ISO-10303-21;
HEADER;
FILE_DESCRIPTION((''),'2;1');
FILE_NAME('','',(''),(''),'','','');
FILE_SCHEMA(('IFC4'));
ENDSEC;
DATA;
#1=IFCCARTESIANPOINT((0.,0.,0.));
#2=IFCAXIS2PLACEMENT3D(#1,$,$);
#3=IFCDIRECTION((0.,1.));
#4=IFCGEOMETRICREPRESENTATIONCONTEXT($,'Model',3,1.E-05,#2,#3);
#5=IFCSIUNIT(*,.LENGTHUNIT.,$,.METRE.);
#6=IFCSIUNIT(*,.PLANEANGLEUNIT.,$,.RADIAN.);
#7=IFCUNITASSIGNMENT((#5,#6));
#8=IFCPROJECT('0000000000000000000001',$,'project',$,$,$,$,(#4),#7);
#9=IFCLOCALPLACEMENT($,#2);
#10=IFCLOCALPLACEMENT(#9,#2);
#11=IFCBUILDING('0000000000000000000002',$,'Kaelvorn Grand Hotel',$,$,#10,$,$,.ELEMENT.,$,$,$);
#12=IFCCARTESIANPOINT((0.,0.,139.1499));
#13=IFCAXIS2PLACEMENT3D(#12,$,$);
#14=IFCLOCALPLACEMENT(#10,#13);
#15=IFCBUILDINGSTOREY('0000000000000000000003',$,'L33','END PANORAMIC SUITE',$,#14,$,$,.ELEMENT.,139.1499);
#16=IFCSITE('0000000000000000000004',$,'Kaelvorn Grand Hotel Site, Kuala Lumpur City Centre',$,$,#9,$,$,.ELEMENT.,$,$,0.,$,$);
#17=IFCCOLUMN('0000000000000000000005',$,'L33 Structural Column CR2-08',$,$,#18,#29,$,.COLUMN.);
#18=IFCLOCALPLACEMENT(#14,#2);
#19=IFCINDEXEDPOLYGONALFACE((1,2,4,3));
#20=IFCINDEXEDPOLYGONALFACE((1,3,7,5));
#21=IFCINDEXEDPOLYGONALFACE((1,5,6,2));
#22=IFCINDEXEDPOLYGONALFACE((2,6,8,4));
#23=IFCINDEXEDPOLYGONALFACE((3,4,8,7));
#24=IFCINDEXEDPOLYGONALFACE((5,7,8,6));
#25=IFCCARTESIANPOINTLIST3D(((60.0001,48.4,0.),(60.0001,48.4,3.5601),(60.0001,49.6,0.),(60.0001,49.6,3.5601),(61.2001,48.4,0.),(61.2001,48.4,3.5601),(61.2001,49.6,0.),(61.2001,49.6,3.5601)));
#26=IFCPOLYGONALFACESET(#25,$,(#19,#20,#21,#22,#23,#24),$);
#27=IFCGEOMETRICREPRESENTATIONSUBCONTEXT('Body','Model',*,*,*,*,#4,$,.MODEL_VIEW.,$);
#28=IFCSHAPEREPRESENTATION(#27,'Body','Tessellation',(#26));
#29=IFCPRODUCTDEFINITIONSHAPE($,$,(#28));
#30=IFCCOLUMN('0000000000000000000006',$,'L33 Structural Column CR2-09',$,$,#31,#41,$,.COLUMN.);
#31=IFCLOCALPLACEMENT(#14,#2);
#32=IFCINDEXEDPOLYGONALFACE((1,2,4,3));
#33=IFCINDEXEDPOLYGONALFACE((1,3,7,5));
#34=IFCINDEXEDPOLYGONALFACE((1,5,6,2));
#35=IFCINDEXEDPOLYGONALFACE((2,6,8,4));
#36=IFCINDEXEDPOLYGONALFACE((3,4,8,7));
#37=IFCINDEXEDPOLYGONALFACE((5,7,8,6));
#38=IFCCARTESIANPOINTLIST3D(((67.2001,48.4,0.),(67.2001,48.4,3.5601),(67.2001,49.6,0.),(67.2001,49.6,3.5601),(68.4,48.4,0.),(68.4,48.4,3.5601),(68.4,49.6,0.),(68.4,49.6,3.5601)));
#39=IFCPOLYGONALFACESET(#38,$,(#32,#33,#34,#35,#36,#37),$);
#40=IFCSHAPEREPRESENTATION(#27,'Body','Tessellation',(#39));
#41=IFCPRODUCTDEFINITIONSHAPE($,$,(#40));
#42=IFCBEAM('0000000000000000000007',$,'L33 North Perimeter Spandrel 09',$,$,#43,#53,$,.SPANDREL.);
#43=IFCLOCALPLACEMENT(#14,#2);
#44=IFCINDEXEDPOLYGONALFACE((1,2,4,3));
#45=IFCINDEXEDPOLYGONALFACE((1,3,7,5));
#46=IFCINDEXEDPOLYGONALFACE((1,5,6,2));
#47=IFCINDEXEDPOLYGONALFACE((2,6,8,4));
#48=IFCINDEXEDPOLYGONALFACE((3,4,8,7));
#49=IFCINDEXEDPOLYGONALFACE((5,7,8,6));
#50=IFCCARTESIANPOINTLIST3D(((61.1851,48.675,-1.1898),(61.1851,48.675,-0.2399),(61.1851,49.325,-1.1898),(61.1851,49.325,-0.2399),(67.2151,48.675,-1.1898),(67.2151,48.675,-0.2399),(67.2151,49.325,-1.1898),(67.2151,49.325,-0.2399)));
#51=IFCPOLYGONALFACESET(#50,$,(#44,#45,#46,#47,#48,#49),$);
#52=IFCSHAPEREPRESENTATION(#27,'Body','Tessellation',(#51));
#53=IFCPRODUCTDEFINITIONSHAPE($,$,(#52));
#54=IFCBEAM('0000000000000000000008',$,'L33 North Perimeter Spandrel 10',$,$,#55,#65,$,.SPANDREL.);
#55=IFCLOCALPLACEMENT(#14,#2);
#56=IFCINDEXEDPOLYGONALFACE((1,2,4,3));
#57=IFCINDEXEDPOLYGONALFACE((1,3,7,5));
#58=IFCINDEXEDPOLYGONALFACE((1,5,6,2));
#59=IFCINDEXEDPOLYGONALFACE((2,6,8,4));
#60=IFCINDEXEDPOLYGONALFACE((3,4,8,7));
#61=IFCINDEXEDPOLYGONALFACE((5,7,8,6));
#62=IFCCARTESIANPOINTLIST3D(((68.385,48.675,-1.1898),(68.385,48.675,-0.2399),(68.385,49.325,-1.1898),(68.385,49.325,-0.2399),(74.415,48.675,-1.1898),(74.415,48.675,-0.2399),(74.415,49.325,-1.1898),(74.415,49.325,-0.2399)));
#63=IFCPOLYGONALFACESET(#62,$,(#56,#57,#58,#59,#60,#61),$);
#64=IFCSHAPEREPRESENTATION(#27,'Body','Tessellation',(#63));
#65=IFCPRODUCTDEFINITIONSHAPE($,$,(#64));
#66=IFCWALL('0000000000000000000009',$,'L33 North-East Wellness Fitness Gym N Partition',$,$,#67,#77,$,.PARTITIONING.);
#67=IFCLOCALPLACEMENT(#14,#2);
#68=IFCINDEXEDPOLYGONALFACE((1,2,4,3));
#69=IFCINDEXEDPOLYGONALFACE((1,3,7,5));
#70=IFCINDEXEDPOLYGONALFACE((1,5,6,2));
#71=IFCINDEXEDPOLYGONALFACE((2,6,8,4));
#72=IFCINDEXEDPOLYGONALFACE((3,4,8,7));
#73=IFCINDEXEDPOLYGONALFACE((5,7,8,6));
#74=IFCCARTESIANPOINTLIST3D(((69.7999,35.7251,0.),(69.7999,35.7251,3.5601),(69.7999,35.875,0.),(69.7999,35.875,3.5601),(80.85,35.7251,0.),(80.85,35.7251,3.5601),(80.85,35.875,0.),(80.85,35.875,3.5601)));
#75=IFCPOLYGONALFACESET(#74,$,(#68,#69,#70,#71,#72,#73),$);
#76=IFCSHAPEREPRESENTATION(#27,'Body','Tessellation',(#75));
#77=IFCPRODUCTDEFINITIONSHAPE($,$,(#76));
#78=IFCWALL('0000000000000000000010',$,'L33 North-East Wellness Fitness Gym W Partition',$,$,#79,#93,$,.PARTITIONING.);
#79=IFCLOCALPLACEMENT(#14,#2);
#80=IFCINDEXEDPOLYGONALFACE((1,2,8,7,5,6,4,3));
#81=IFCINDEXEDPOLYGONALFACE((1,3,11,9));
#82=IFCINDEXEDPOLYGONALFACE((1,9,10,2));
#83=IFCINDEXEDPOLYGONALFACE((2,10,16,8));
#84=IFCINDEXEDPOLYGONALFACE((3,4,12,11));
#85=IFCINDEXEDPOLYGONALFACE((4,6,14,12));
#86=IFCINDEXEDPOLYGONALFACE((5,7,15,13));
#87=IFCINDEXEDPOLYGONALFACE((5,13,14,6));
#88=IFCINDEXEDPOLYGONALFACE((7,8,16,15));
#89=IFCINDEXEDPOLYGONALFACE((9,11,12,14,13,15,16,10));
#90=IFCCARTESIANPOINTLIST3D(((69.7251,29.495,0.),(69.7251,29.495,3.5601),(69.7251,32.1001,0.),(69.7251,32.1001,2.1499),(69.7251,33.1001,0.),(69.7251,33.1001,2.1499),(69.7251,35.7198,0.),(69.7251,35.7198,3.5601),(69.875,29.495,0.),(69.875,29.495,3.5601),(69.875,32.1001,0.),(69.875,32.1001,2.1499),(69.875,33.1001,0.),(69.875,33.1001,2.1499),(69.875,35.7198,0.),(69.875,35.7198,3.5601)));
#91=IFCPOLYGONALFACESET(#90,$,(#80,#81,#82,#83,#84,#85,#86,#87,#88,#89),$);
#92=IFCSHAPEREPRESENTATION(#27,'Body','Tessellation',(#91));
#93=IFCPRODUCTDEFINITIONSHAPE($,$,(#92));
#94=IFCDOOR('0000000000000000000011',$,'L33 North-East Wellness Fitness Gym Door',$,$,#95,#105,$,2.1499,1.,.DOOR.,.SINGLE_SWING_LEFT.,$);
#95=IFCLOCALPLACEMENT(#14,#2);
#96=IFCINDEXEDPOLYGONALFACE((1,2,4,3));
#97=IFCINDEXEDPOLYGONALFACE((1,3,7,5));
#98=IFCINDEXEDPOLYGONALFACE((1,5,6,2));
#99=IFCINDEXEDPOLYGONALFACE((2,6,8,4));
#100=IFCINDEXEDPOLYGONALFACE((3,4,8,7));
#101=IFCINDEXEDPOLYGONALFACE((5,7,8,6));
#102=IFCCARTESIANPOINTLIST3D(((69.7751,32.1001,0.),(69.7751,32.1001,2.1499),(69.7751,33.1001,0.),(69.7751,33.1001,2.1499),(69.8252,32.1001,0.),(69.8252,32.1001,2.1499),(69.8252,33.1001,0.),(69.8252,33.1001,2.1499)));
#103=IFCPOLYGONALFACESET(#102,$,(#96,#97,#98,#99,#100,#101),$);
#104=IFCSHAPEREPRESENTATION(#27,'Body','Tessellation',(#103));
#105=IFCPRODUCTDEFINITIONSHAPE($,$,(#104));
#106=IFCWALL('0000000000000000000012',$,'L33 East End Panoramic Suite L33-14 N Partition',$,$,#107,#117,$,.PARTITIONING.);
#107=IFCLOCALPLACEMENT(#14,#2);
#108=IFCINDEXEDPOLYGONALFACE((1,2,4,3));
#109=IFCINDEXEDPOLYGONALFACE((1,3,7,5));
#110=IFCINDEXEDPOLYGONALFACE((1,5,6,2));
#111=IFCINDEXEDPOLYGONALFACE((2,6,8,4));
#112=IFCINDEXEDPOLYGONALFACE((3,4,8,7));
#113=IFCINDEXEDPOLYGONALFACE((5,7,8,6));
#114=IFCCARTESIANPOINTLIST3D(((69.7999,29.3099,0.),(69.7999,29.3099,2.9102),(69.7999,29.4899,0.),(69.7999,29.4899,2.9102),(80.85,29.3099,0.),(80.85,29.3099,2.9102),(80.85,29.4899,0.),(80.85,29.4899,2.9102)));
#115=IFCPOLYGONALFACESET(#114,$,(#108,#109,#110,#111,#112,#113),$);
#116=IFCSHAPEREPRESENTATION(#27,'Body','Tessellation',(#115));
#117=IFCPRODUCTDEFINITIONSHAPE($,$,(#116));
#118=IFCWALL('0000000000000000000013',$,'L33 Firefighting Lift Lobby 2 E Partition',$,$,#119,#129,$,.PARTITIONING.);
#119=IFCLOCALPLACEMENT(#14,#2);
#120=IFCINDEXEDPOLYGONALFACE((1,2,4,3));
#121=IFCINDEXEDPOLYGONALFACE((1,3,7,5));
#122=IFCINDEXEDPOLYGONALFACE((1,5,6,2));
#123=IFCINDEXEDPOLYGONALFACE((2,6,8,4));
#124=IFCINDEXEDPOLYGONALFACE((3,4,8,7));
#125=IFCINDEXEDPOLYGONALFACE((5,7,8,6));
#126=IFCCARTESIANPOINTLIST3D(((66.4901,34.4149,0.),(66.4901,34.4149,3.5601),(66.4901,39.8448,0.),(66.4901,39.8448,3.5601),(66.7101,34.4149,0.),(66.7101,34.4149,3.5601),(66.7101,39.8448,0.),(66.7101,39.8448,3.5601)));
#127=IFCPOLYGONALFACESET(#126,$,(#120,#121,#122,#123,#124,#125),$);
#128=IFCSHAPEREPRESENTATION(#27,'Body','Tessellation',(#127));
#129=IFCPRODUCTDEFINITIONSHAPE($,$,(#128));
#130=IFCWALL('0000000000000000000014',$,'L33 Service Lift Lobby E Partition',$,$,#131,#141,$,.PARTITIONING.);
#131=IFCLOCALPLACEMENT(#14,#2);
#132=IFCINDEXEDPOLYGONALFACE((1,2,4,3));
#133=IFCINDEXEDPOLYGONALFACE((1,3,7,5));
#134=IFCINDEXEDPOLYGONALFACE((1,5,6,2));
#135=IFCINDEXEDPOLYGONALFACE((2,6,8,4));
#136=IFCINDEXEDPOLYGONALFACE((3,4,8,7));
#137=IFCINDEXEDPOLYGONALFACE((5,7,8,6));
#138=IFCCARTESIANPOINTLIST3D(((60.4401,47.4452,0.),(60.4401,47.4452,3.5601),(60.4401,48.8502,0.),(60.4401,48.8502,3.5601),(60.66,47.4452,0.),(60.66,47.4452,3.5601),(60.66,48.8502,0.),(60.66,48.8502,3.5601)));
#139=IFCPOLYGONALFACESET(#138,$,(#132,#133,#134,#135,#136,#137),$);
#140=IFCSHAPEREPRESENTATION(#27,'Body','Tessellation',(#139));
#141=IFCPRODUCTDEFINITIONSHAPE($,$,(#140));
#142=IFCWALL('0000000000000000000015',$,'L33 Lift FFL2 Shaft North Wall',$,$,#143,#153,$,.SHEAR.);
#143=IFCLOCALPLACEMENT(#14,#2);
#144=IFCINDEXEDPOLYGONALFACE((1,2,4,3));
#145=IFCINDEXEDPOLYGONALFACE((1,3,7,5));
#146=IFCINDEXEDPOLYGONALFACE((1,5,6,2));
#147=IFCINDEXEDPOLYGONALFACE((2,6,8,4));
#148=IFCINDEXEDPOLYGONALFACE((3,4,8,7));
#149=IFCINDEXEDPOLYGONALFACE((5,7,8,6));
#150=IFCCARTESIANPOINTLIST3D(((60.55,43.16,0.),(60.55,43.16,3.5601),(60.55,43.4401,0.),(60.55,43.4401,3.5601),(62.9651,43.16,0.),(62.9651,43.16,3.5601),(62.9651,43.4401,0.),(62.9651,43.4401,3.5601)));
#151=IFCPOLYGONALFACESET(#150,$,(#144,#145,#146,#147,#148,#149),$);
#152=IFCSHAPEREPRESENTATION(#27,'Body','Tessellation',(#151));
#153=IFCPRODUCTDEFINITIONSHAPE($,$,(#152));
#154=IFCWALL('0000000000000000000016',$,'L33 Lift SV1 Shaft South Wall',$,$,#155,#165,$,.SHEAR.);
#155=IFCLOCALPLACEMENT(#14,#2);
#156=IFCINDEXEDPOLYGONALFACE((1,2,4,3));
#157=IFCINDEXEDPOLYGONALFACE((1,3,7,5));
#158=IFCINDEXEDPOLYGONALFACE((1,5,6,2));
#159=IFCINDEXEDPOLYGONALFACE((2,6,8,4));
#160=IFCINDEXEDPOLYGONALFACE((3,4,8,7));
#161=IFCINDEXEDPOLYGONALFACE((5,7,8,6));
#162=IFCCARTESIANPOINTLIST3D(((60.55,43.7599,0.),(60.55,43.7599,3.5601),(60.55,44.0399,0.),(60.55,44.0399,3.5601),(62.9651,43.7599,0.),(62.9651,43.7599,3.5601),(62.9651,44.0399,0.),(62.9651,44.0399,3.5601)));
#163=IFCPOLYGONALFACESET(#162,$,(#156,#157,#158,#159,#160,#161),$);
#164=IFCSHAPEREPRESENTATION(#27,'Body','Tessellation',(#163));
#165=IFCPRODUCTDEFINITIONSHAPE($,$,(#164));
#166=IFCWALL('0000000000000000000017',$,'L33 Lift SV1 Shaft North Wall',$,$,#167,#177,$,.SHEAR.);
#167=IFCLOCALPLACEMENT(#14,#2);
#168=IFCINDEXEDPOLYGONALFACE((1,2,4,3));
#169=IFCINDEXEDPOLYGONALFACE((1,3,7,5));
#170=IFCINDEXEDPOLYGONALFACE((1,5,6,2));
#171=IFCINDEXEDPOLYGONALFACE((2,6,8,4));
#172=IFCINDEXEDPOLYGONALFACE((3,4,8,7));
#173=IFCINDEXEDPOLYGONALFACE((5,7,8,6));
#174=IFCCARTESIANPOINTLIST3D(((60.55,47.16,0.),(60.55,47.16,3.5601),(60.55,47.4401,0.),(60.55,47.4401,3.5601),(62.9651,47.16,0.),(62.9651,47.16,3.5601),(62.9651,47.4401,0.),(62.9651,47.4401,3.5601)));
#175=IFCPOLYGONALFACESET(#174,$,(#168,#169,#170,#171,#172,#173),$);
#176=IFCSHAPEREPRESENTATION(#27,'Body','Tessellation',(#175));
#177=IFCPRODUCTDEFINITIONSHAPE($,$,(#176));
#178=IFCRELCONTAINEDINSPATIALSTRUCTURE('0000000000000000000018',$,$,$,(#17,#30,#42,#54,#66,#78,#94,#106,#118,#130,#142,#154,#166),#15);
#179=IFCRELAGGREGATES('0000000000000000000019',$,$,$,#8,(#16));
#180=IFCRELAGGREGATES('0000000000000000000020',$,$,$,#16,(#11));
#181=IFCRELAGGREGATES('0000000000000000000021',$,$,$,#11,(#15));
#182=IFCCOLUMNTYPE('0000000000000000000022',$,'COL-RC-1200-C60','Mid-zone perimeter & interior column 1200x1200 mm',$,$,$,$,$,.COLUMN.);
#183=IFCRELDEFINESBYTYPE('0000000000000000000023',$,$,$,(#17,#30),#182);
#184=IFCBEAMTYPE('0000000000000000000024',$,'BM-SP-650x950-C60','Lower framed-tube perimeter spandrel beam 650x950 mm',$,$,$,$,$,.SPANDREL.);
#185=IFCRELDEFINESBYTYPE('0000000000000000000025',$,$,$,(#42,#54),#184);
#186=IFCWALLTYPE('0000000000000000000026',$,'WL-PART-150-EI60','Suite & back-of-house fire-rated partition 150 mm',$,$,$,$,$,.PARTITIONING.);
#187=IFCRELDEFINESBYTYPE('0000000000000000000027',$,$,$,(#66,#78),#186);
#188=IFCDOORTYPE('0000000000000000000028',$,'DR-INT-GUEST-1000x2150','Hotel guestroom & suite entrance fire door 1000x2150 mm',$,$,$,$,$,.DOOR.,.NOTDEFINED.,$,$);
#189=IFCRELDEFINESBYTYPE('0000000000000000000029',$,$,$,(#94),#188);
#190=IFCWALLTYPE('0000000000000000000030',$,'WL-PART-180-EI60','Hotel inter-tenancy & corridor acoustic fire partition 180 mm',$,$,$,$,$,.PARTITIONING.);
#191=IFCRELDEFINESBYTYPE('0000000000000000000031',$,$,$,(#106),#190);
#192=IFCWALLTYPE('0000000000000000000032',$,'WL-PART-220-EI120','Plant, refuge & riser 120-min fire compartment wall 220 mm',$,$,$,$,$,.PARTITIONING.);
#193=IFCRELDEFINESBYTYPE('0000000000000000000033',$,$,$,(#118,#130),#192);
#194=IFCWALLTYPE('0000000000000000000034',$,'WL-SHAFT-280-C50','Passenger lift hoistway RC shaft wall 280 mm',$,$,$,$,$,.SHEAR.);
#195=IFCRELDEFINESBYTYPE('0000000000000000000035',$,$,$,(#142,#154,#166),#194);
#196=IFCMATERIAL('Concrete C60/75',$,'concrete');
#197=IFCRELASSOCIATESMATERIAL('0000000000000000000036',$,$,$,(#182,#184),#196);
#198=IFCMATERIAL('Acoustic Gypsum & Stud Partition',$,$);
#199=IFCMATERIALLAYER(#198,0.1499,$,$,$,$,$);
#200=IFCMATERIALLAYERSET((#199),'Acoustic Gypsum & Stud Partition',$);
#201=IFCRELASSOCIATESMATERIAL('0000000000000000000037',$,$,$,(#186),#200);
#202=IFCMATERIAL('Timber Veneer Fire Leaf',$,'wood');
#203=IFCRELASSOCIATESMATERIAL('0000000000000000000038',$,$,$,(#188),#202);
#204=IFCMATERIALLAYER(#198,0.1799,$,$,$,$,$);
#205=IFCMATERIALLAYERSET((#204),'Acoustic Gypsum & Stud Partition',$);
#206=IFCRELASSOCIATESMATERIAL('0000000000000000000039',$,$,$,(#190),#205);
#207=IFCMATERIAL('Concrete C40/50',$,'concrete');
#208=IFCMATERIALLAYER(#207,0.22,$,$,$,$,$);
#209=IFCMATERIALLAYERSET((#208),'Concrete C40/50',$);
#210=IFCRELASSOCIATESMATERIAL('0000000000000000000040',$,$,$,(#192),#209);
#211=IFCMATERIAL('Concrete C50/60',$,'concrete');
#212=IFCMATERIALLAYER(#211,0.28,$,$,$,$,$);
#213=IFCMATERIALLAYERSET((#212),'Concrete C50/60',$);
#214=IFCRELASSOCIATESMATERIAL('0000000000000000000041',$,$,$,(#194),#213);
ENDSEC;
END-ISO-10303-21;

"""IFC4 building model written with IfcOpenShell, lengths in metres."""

from ifc_helpers import new_model, si_unit, direction, frame, frame_2d, origin, origin_2d, place, context, subcontext, project, spatial, rectangle, extrude, material, layer, layer_set, material_profile, profile_set, type_object, element, fill, save


model = new_model("IFC4")

# Units and contexts
model_context = context("Model", 3, precision=1e-05, world=origin(), true_north=direction((0.0, 1.0)))
body_context = subcontext(model_context, "Body", "Model", "MODEL_VIEW")
ifc_project = project(units=[si_unit("LENGTHUNIT", "METRE"), si_unit("PLANEANGLEUNIT", "RADIAN")], contexts=[model_context])

# Site, building, storey
site_placement = place(None, origin())
site = spatial("IfcSite", under=ifc_project, at=site_placement, Name="Kaelvorn Grand Hotel Site, Kuala Lumpur City Centre", CompositionType="ELEMENT", RefElevation=0.0)
building_placement = place(site_placement, origin())
building = spatial("IfcBuilding", under=site, at=building_placement, Name="Kaelvorn Grand Hotel", CompositionType="ELEMENT")
storey_placement = place(building_placement, frame((0.0, 0.0, 139.1499)))
storey = spatial("IfcBuildingStorey", under=building, at=storey_placement, Name="L33", Description="END PANORAMIC SUITE", CompositionType="ELEMENT", Elevation=139.1499)

# Columns
ifc_material_1 = material(Name="Concrete C60/75", Category="concrete")
ifc_material_profile_1 = material_profile(ifc_material_1, rectangle(XDim=1.2, YDim=1.2, at=origin_2d()), Name="RC COL 1200x1200")
ifc_profile_set_1 = profile_set([ifc_material_profile_1], Name="Concrete C60/75")
column_type = type_object("IfcColumnType", Name="COL-RC-1200-C60", Description="Mid-zone perimeter & interior column 1200x1200 mm", PredefinedType="COLUMN", material=ifc_profile_set_1)
for number, where, z_axis, x_axis, name in (
    (1, (60.6001, 49.0, 0.0), (0.0, 0.0, 1.0), (1.0, 0.0, 0.0), "L33 Structural Column CR2-08"),
    (2, (67.8, 49.0, 0.0), (0.0, 0.0, 1.0), (1.0, 0.0, 0.0), "L33 Structural Column CR2-09"),
):
    element("IfcColumn", number, at=place(storey_placement, frame(where, z_axis=z_axis, x_axis=x_axis)), inside=storey, type_object=column_type, Name=name, PredefinedType="COLUMN", context=body_context, shape_type="SweptSolid", body=[
        extrude(rectangle(XDim=1.2, YDim=1.2, at=origin_2d()), origin(), (0.0, 0.0, 1.0), 3.5601),
    ])

# Beams
ifc_material_profile_2 = material_profile(ifc_material_1, rectangle(XDim=0.6499, YDim=0.95, at=origin_2d()), Name="RC SPANDREL 650x950")
ifc_profile_set_2 = profile_set([ifc_material_profile_2], Name="Concrete C60/75")
beam_type = type_object("IfcBeamType", Name="BM-SP-650x950-C60", Description="Lower framed-tube perimeter spandrel beam 650x950 mm", PredefinedType="SPANDREL", material=ifc_profile_set_2)
for number, where, z_axis, x_axis, name in (
    (3, (61.1851, 49.0, -0.7148), (1.0, 0.0, 0.0), (0.0, 1.0, 0.0), "L33 North Perimeter Spandrel 09"),
    (4, (68.385, 49.0, -0.7148), (1.0, 0.0, 0.0), (0.0, 1.0, 0.0), "L33 North Perimeter Spandrel 10"),
):
    element("IfcBeam", number, at=place(storey_placement, frame(where, z_axis=z_axis, x_axis=x_axis)), inside=storey, type_object=beam_type, Name=name, PredefinedType="SPANDREL", context=body_context, shape_type="SweptSolid", body=[
        extrude(rectangle(XDim=0.6499, YDim=0.95, at=origin_2d()), origin(), (0.0, 0.0, 1.0), 6.03),
    ])

# Wall
ifc_material_2 = material(Name="Acoustic Gypsum & Stud Partition")
ifc_layer_1 = layer(ifc_material_2, 0.1499)
ifc_layer_set_1 = layer_set([ifc_layer_1], Name="Acoustic Gypsum & Stud Partition")
wall_type_1 = type_object("IfcWallType", Name="WL-PART-150-EI60", Description="Suite & back-of-house fire-rated partition 150 mm", PredefinedType="PARTITIONING", material=ifc_layer_set_1)
wall_1_placement = place(storey_placement, frame((69.8, 35.8, 0.0), z_axis=(0.0, 0.0, 1.0), x_axis=(1.0, 0.0, 0.0)))
element("IfcWall", 5, at=wall_1_placement, inside=storey, type_object=wall_type_1, Name="L33 North-East Wellness Fitness Gym N Partition", PredefinedType="PARTITIONING", context=body_context, shape_type="SweptSolid", body=[
    extrude(rectangle(XDim=11.05, YDim=0.1499, at=frame_2d((5.5249, 0.0))), origin(), (0.0, 0.0, 1.0), 3.5601),
])

# Wall, opening, door
wall_2_placement = place(storey_placement, frame((69.8, 29.4951, 0.0), z_axis=(0.0, 0.0, 1.0), x_axis=(0.0, 1.0, 0.0)))
wall_2 = element("IfcWall", 6, at=wall_2_placement, inside=storey, type_object=wall_type_1, Name="L33 North-East Wellness Fitness Gym W Partition", PredefinedType="PARTITIONING", context=body_context, shape_type="SweptSolid", body=[
    extrude(rectangle(XDim=6.2249, YDim=0.1499, at=frame_2d((3.1123, 0.0))), origin(), (0.0, 0.0, 1.0), 3.5601),
])
opening_1_placement = place(wall_2_placement, frame((2.605, 0.0, 0.0)))
opening_1 = element("IfcOpeningElement", 7, at=opening_1_placement, cuts=wall_2, PredefinedType="OPENING", context=body_context, shape_type="SweptSolid", body=[
    extrude(rectangle(XDim=1.0, YDim=2.1499, at=frame_2d((0.5, 1.075))), frame((0.0, 0.085, 0.0), z_axis=(0.0, -1.0, 0.0), x_axis=(1.0, 0.0, 0.0)), (0.0, 0.0, 1.0), 0.1699),
])
ifc_material_3 = material(Name="Timber Veneer Fire Leaf", Category="wood")
door_type_1 = type_object("IfcDoorType", Name="DR-INT-GUEST-1000x2150", Description="Hotel guestroom & suite entrance fire door 1000x2150 mm", OperationType="NOTDEFINED", PredefinedType="DOOR", material=ifc_material_3)
door_1_placement = place(opening_1_placement, origin())
door_1 = element("IfcDoor", 8, at=door_1_placement, inside=storey, type_object=door_type_1, Name="L33 North-East Wellness Fitness Gym Door", OperationType="SINGLE_SWING_LEFT", OverallHeight=2.1499, OverallWidth=1.0, PredefinedType="DOOR", context=body_context, shape_type="SweptSolid", body=[
    extrude(rectangle(XDim=1.0, YDim=2.1499, at=frame_2d((0.5, 1.075))), frame((0.0, 0.0249, 0.0), z_axis=(0.0, -1.0, 0.0), x_axis=(1.0, 0.0, 0.0)), (0.0, 0.0, 1.0), 0.05),
])
fill(opening_1, door_1)

# Walls
ifc_layer_2 = layer(ifc_material_2, 0.1799)
ifc_layer_set_2 = layer_set([ifc_layer_2], Name="Acoustic Gypsum & Stud Partition")
wall_type_2 = type_object("IfcWallType", Name="WL-PART-180-EI60", Description="Hotel inter-tenancy & corridor acoustic fire partition 180 mm", PredefinedType="PARTITIONING", material=ifc_layer_set_2)
wall_3_placement = place(storey_placement, frame((69.8, 29.3999, 0.0), z_axis=(0.0, 0.0, 1.0), x_axis=(1.0, 0.0, 0.0)))
element("IfcWall", 9, at=wall_3_placement, inside=storey, type_object=wall_type_2, Name="L33 East End Panoramic Suite L33-14 N Partition", PredefinedType="PARTITIONING", context=body_context, shape_type="SweptSolid", body=[
    extrude(rectangle(XDim=11.05, YDim=0.1799, at=frame_2d((5.5249, 0.0))), origin(), (0.0, 0.0, 1.0), 2.9102),
])
ifc_material_4 = material(Name="Concrete C40/50", Category="concrete")
ifc_layer_3 = layer(ifc_material_4, 0.22)
ifc_layer_set_3 = layer_set([ifc_layer_3], Name="Concrete C40/50")
wall_type_3 = type_object("IfcWallType", Name="WL-PART-220-EI120", Description="Plant, refuge & riser 120-min fire compartment wall 220 mm", PredefinedType="PARTITIONING", material=ifc_layer_set_3)
wall_4_placement = place(storey_placement, frame((66.6001, 34.415, 0.0), z_axis=(0.0, 0.0, 1.0), x_axis=(0.0, 1.0, 0.0)))
element("IfcWall", 10, at=wall_4_placement, inside=storey, type_object=wall_type_3, Name="L33 Firefighting Lift Lobby 2 E Partition", PredefinedType="PARTITIONING", context=body_context, shape_type="SweptSolid", body=[
    extrude(rectangle(XDim=5.4299, YDim=0.22, at=frame_2d((2.7148, 0.0))), origin(), (0.0, 0.0, 1.0), 3.5601),
])
wall_5_placement = place(storey_placement, frame((60.55, 47.4451, 0.0), z_axis=(0.0, 0.0, 1.0), x_axis=(0.0, 1.0, 0.0)))
element("IfcWall", 11, at=wall_5_placement, inside=storey, type_object=wall_type_3, Name="L33 Service Lift Lobby E Partition", PredefinedType="PARTITIONING", context=body_context, shape_type="SweptSolid", body=[
    extrude(rectangle(XDim=1.405, YDim=0.22, at=frame_2d((0.7026, 0.0))), origin(), (0.0, 0.0, 1.0), 3.5601),
])
ifc_material_5 = material(Name="Concrete C50/60", Category="concrete")
ifc_layer_4 = layer(ifc_material_5, 0.28)
ifc_layer_set_4 = layer_set([ifc_layer_4], Name="Concrete C50/60")
wall_type_4 = type_object("IfcWallType", Name="WL-SHAFT-280-C50", Description="Passenger lift hoistway RC shaft wall 280 mm", PredefinedType="SHEAR", material=ifc_layer_set_4)
for number, where, z_axis, x_axis, name in (
    (12, (60.55, 43.3, 0.0), (0.0, 0.0, 1.0), (1.0, 0.0, 0.0), "L33 Lift FFL2 Shaft North Wall"),
    (13, (60.55, 43.8999, 0.0), (0.0, 0.0, 1.0), (1.0, 0.0, 0.0), "L33 Lift SV1 Shaft South Wall"),
    (14, (60.55, 47.3, 0.0), (0.0, 0.0, 1.0), (1.0, 0.0, 0.0), "L33 Lift SV1 Shaft North Wall"),
):
    element("IfcWall", number, at=place(storey_placement, frame(where, z_axis=z_axis, x_axis=x_axis)), inside=storey, type_object=wall_type_4, Name=name, PredefinedType="SHEAR", context=body_context, shape_type="SweptSolid", body=[
        extrude(rectangle(XDim=2.415, YDim=0.28, at=frame_2d((1.2075, 0.0))), origin(), (0.0, 0.0, 1.0), 3.5601),
    ])

save(model, "model.ifc")
